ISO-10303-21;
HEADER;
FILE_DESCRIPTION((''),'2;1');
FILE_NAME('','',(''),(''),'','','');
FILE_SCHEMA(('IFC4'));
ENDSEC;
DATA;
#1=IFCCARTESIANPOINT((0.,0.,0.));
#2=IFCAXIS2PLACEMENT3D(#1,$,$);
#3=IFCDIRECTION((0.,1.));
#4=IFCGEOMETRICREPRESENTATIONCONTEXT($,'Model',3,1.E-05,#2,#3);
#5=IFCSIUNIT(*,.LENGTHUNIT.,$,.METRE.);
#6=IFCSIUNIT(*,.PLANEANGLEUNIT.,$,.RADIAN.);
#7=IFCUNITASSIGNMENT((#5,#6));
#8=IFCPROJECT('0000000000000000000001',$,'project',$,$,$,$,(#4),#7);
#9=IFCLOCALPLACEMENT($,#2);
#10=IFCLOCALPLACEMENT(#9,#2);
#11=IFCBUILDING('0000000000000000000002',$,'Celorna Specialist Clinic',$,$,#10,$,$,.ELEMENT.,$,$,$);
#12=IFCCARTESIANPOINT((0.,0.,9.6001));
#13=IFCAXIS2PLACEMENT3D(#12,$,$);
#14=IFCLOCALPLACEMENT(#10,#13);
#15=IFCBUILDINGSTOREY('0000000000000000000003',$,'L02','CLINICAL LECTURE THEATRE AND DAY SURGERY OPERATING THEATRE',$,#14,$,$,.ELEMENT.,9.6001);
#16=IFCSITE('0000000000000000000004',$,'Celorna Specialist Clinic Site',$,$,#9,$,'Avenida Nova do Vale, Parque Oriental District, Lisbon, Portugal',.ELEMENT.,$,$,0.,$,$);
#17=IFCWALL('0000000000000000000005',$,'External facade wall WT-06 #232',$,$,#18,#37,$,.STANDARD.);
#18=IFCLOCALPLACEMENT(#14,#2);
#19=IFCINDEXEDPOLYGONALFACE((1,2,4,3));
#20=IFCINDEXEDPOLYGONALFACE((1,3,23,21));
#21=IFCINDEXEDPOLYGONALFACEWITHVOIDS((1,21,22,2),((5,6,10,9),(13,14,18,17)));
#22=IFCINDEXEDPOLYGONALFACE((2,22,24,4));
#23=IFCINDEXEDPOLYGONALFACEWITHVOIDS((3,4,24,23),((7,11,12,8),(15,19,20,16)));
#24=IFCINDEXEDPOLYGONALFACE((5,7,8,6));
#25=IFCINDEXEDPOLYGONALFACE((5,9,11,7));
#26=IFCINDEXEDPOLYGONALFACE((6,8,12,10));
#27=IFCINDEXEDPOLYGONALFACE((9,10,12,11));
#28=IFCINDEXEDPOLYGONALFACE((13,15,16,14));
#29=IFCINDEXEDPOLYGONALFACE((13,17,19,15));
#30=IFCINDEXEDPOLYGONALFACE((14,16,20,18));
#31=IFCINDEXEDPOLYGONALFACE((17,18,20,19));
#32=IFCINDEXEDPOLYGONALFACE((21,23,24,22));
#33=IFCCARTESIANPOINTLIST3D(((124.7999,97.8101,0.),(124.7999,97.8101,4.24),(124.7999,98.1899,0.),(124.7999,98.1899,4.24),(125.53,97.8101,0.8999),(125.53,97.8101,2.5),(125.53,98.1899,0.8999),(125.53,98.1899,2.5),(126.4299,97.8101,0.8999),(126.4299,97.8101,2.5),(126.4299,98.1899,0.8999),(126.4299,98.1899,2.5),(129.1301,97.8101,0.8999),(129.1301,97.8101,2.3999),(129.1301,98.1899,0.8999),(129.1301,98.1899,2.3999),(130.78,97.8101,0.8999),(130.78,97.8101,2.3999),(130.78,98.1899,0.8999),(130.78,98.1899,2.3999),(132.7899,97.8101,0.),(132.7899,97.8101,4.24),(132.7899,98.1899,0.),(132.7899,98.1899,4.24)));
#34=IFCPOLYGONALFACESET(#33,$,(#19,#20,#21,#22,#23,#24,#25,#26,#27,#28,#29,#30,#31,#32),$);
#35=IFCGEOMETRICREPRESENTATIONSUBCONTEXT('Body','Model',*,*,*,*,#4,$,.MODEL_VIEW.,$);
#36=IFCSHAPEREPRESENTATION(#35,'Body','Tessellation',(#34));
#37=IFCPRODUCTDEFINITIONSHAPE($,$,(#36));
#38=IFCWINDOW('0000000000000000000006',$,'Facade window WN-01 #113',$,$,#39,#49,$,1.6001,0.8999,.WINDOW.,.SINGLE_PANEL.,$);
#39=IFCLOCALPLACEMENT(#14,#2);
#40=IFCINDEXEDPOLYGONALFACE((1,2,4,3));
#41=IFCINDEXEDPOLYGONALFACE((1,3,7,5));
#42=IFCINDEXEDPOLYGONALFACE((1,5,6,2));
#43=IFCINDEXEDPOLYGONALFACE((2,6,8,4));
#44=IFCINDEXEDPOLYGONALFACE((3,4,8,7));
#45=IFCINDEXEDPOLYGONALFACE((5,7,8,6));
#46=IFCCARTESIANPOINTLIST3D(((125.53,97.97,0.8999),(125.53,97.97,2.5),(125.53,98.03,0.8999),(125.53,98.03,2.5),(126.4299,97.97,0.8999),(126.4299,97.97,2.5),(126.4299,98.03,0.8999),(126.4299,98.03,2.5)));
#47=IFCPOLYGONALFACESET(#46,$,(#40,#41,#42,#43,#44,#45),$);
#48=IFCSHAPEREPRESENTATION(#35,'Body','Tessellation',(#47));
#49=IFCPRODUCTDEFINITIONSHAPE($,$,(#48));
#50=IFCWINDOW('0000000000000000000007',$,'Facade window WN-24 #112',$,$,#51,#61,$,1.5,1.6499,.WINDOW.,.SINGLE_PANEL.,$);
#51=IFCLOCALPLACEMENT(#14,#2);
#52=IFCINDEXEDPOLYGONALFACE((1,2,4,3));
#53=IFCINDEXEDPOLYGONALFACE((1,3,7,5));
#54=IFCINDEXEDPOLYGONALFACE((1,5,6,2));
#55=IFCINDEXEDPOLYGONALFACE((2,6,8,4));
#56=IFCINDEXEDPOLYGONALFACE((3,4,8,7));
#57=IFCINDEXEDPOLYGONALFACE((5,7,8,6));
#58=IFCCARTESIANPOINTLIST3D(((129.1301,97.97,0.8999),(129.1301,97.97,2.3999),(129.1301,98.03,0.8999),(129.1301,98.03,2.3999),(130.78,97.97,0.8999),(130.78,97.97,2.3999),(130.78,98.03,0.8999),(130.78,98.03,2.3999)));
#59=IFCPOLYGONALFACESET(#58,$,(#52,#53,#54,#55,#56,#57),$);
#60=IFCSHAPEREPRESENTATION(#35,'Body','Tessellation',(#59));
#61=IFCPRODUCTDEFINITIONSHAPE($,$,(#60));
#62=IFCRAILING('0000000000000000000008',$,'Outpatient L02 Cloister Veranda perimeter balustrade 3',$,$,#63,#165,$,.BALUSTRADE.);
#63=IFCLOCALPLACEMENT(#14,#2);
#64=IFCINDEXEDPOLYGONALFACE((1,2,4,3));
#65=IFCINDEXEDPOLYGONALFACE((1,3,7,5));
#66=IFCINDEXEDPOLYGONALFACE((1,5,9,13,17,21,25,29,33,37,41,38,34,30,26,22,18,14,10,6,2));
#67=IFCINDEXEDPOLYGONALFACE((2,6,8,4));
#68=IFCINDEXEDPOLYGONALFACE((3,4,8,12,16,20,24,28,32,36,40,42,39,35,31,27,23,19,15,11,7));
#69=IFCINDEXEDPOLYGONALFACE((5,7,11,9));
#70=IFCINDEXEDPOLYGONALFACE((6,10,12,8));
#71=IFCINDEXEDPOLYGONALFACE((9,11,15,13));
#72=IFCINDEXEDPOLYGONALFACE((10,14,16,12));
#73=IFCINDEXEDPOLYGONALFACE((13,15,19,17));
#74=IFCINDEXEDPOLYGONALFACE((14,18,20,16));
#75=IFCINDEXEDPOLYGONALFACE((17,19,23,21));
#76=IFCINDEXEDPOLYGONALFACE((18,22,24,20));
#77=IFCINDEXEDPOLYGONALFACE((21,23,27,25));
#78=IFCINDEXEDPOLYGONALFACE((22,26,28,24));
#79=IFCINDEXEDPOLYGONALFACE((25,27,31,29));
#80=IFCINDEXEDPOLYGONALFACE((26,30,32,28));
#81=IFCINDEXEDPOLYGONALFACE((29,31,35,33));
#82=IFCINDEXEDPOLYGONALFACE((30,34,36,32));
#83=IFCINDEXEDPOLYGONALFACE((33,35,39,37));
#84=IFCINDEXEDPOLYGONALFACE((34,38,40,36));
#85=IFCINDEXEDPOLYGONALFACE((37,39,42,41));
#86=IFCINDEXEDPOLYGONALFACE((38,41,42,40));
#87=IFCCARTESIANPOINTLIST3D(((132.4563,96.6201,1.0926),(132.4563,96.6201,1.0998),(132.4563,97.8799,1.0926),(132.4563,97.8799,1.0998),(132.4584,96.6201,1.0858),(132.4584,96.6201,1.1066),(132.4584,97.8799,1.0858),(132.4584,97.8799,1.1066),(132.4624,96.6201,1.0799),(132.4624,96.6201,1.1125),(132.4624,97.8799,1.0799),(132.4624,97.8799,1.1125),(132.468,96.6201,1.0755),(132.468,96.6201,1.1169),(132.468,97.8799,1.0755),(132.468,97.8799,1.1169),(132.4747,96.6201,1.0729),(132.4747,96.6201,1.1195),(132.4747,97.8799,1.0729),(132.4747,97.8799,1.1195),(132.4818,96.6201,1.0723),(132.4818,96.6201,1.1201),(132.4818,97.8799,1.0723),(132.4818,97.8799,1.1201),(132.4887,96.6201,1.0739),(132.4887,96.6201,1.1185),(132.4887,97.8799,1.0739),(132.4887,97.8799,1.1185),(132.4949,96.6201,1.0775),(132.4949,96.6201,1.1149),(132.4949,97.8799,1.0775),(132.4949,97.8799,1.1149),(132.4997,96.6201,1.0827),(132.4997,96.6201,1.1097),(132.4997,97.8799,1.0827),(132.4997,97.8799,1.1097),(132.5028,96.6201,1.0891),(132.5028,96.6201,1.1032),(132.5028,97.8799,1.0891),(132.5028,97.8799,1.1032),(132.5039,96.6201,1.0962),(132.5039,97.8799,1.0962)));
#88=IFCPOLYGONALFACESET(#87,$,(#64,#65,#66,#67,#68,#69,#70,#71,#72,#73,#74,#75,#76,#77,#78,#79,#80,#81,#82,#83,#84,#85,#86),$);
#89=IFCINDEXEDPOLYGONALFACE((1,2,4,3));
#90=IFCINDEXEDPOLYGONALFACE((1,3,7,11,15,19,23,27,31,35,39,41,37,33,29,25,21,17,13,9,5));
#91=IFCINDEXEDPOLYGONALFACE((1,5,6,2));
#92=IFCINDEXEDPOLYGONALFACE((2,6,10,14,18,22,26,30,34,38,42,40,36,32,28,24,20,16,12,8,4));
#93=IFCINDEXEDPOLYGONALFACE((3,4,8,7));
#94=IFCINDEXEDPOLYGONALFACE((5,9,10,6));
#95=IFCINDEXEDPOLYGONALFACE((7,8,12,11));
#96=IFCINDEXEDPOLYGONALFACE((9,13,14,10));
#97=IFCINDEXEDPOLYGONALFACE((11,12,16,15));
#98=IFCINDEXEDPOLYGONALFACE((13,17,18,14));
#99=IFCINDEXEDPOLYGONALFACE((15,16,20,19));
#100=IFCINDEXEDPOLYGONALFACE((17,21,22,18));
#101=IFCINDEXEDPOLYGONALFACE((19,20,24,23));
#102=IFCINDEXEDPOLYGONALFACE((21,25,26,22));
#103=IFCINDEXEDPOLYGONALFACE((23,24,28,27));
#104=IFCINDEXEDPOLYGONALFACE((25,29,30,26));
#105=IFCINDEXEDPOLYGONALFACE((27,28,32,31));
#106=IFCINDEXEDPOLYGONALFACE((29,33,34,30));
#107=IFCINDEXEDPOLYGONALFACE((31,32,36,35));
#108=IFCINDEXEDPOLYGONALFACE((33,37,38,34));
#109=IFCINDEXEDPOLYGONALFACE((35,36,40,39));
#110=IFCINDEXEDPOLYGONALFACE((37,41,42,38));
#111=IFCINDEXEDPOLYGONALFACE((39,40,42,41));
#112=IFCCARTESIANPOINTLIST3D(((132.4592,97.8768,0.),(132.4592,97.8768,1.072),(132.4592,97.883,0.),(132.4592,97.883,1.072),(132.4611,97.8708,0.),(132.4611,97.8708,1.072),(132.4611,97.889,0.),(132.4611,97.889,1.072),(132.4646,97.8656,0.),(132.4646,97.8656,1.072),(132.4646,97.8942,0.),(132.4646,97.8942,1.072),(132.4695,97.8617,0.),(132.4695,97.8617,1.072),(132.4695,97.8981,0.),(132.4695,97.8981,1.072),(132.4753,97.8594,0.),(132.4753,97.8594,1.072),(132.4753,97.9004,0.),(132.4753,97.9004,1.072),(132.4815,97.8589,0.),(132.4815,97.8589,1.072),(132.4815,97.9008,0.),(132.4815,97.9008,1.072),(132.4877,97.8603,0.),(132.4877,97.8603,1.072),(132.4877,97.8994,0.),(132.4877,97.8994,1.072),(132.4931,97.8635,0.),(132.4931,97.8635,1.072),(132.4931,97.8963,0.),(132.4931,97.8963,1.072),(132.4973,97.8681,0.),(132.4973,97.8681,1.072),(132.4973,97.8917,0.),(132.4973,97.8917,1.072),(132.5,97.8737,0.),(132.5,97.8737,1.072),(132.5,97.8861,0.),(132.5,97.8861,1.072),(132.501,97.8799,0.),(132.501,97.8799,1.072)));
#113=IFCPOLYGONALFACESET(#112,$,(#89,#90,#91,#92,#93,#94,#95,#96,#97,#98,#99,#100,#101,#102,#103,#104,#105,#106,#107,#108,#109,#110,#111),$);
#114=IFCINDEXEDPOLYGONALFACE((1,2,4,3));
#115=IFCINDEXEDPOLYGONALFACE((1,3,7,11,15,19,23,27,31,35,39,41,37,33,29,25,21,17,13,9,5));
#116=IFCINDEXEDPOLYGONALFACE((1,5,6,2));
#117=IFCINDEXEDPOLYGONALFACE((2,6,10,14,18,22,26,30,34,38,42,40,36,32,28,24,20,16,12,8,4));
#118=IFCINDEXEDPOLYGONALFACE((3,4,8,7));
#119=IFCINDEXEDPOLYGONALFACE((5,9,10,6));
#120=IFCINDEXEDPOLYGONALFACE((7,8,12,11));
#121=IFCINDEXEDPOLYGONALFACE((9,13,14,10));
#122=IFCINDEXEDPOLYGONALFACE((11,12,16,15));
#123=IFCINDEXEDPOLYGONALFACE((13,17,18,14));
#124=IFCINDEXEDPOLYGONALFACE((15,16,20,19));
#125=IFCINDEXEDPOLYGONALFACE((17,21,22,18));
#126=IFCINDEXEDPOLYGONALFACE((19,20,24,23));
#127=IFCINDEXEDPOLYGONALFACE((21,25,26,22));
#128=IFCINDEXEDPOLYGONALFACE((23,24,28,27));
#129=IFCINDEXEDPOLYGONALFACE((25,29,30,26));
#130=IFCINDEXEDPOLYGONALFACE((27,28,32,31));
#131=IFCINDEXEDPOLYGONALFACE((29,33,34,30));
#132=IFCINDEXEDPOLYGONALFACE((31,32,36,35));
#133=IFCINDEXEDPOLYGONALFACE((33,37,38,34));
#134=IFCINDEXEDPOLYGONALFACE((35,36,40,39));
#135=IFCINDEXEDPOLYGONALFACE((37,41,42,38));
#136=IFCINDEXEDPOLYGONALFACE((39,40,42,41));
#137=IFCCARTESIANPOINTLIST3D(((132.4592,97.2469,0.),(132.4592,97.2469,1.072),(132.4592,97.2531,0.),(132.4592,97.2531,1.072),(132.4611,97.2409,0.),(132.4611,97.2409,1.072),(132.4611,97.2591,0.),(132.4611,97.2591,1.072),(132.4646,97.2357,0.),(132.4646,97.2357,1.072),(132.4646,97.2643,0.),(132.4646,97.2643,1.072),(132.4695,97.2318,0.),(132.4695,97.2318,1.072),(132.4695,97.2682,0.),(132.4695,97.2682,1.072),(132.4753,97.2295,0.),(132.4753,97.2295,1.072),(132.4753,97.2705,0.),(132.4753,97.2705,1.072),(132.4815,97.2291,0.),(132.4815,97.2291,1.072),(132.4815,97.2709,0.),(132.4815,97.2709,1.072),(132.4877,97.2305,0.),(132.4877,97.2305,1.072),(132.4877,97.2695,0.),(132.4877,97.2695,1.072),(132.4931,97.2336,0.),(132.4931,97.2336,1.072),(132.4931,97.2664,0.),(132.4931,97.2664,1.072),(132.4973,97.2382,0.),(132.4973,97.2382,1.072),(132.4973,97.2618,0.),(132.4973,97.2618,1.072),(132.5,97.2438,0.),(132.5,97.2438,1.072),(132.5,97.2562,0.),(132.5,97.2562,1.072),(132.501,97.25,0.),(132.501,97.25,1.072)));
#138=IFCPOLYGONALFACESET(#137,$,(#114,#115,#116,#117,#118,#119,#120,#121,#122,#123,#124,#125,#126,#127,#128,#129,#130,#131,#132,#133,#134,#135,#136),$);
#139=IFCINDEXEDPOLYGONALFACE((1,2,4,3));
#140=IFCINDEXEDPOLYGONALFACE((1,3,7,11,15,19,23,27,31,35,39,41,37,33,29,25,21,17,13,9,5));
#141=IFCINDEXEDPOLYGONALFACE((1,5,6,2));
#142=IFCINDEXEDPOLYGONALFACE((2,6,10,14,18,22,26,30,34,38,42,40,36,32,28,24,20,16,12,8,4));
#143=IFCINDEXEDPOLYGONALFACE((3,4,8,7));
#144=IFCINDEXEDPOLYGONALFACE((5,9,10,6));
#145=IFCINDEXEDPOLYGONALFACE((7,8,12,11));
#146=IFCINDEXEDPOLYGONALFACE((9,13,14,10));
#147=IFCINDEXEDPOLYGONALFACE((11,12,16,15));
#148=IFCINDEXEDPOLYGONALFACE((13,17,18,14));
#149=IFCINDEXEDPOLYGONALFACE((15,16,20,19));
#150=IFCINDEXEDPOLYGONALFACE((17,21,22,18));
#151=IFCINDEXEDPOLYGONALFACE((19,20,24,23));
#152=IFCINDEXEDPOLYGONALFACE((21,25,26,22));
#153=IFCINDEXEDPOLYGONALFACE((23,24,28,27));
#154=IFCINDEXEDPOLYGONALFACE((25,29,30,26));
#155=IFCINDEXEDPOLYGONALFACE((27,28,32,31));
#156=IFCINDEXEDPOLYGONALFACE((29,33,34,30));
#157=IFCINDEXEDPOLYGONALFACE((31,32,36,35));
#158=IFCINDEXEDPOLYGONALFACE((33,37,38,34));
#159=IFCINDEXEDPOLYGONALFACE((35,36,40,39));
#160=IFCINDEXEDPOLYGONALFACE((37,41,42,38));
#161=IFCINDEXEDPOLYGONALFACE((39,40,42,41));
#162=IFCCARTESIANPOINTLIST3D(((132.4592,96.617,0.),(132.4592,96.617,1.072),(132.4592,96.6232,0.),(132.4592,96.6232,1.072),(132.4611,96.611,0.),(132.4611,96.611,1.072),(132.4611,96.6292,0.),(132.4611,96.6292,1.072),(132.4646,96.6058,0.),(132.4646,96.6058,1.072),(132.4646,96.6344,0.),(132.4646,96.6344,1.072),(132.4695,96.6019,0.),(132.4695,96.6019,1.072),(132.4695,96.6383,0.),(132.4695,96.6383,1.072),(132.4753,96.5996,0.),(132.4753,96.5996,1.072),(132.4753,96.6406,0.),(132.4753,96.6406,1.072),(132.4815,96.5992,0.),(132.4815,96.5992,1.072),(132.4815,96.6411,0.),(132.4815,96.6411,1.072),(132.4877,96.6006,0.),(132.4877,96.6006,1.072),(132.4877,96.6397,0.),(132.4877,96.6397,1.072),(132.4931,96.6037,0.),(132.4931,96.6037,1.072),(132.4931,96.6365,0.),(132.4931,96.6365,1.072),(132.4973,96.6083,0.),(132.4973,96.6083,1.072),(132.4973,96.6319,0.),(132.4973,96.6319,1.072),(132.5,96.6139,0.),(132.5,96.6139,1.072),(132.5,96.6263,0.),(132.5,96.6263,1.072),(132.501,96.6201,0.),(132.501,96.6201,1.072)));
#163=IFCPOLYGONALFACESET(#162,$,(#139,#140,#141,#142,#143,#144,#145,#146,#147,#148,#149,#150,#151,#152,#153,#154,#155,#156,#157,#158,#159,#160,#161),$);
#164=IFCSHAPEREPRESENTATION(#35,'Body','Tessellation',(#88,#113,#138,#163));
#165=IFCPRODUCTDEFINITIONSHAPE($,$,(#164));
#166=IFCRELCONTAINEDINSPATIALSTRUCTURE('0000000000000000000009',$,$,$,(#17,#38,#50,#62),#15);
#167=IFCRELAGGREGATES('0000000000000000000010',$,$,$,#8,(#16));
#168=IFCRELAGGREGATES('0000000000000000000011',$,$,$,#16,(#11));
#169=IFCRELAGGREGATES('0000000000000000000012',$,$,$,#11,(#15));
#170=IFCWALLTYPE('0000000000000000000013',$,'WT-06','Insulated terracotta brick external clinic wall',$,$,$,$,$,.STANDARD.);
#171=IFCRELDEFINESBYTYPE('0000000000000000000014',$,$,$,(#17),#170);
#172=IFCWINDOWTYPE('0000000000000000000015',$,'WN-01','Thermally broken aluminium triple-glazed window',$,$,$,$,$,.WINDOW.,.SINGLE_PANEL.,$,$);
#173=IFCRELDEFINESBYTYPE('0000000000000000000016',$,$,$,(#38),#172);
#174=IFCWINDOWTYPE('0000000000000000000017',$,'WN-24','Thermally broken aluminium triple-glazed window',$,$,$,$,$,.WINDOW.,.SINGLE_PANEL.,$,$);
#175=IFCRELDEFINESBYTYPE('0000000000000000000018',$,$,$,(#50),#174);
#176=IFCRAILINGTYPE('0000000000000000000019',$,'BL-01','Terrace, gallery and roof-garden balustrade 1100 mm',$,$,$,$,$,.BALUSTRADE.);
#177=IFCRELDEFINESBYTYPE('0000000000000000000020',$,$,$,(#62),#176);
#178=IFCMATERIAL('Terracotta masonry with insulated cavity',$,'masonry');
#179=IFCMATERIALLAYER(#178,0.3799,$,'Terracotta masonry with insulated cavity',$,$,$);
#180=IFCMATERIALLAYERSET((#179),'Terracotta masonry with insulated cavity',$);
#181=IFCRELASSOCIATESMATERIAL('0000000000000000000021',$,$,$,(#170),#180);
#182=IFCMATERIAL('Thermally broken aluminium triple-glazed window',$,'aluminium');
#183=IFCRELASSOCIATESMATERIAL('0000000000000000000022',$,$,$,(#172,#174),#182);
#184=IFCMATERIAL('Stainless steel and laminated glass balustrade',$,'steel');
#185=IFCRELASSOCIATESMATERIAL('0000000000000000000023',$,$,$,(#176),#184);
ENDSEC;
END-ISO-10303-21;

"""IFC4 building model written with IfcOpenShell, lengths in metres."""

from ifc_helpers import new_model, si_unit, direction, frame, frame_2d, origin, origin_2d, place, context, subcontext, project, spatial, rectangle, circle, extrude, material, layer, layer_set, type_object, element, fill, save


model = new_model("IFC4")

# Units and contexts
model_context = context("Model", 3, precision=1e-05, world=origin(), true_north=direction((0.0, 1.0)))
body_context = subcontext(model_context, "Body", "Model", "MODEL_VIEW")
ifc_project = project(units=[si_unit("LENGTHUNIT", "METRE"), si_unit("PLANEANGLEUNIT", "RADIAN")], contexts=[model_context])

# Site, building, storey
site_placement = place(None, origin())
site = spatial("IfcSite", under=ifc_project, at=site_placement, Name="Celorna Specialist Clinic Site", LongName="Avenida Nova do Vale, Parque Oriental District, Lisbon, Portugal", CompositionType="ELEMENT", RefElevation=0.0)
building_placement = place(site_placement, origin())
building = spatial("IfcBuilding", under=site, at=building_placement, Name="Celorna Specialist Clinic", CompositionType="ELEMENT")
storey_placement = place(building_placement, frame((0.0, 0.0, 9.6001)))
storey = spatial("IfcBuildingStorey", under=building, at=storey_placement, Name="L02", Description="CLINICAL LECTURE THEATRE AND DAY SURGERY OPERATING THEATRE", CompositionType="ELEMENT", Elevation=9.6001)

# Wall, openings, windows
ifc_material_1 = material(Name="Terracotta masonry with insulated cavity", Category="masonry")
ifc_layer_1 = layer(ifc_material_1, 0.3799, Name="Terracotta masonry with insulated cavity")
ifc_layer_set_1 = layer_set([ifc_layer_1], Name="Terracotta masonry with insulated cavity")
wall_type = type_object("IfcWallType", Name="WT-06", Description="Insulated terracotta brick external clinic wall", PredefinedType="STANDARD", material=ifc_layer_set_1)
wall_placement = place(storey_placement, frame((132.79, 98.0, 0.0), z_axis=(0.0, 0.0, 1.0), x_axis=(-1.0, 0.0, 0.0)))
wall = element("IfcWall", 1, at=wall_placement, inside=storey, type_object=wall_type, Name="External facade wall WT-06 #232", PredefinedType="STANDARD", context=body_context, shape_type="SweptSolid", body=[
    extrude(rectangle(XDim=7.99, YDim=0.3799, at=frame_2d((3.9951, 0.0))), origin(), (0.0, 0.0, 1.0), 4.24),
])
opening_1_placement = place(wall_placement, frame((2.01, 0.0, 0.8999)))
opening_1 = element("IfcOpeningElement", 2, at=opening_1_placement, cuts=wall, PredefinedType="OPENING", context=body_context, shape_type="SweptSolid", body=[
    extrude(rectangle(XDim=1.6499, YDim=1.5, at=frame_2d((0.825, 0.75))), frame((0.0, 0.2, 0.0), z_axis=(0.0, -1.0, 0.0), x_axis=(1.0, 0.0, 0.0)), (0.0, 0.0, 1.0), 0.3999),
])
opening_2_placement = place(wall_placement, frame((6.3601, 0.0, 0.8999)))
opening_2 = element("IfcOpeningElement", 3, at=opening_2_placement, cuts=wall, PredefinedType="OPENING", context=body_context, shape_type="SweptSolid", body=[
    extrude(rectangle(XDim=0.8999, YDim=1.6001, at=frame_2d((0.45, 0.8))), frame((0.0, 0.2, 0.0), z_axis=(0.0, -1.0, 0.0), x_axis=(1.0, 0.0, 0.0)), (0.0, 0.0, 1.0), 0.3999),
])
ifc_material_2 = material(Name="Thermally broken aluminium triple-glazed window", Category="aluminium")
window_type_1 = type_object("IfcWindowType", Name="WN-01", Description="Thermally broken aluminium triple-glazed window", PartitioningType="SINGLE_PANEL", PredefinedType="WINDOW", material=ifc_material_2)
window_1_placement = place(opening_2_placement, origin())
window_1 = element("IfcWindow", 4, at=window_1_placement, inside=storey, type_object=window_type_1, Name="Facade window WN-01 #113", OverallHeight=1.6001, OverallWidth=0.8999, PartitioningType="SINGLE_PANEL", PredefinedType="WINDOW", context=body_context, shape_type="SweptSolid", body=[
    extrude(rectangle(XDim=0.8999, YDim=1.6001, at=frame_2d((0.45, 0.8))), frame((0.0, 0.03, 0.0), z_axis=(0.0, -1.0, 0.0), x_axis=(1.0, 0.0, 0.0)), (0.0, 0.0, 1.0), 0.0601),
])
fill(opening_2, window_1)
window_type_2 = type_object("IfcWindowType", Name="WN-24", Description="Thermally broken aluminium triple-glazed window", PartitioningType="SINGLE_PANEL", PredefinedType="WINDOW", material=ifc_material_2)
window_2_placement = place(opening_1_placement, origin())
window_2 = element("IfcWindow", 5, at=window_2_placement, inside=storey, type_object=window_type_2, Name="Facade window WN-24 #112", OverallHeight=1.5, OverallWidth=1.6499, PartitioningType="SINGLE_PANEL", PredefinedType="WINDOW", context=body_context, shape_type="SweptSolid", body=[
    extrude(rectangle(XDim=1.6499, YDim=1.5, at=frame_2d((0.825, 0.75))), frame((0.0, 0.03, 0.0), z_axis=(0.0, -1.0, 0.0), x_axis=(1.0, 0.0, 0.0)), (0.0, 0.0, 1.0), 0.0601),
])
fill(opening_1, window_2)

# Railing
ifc_material_3 = material(Name="Stainless steel and laminated glass balustrade", Category="steel")
railing_type = type_object("IfcRailingType", Name="BL-01", Description="Terrace, gallery and roof-garden balustrade 1100 mm", PredefinedType="BALUSTRADE", material=ifc_material_3)
railing_1_placement = place(storey_placement, frame((132.48, 97.8799, 0.0)))
element("IfcRailing", 6, at=railing_1_placement, inside=storey, type_object=railing_type, Name="Outpatient L02 Cloister Veranda perimeter balustrade 3", PredefinedType="BALUSTRADE", context=body_context, shape_type="SweptSolid", body=[
    extrude(circle(Radius=0.0239, at=origin_2d()), frame((0.0, 0.0, 1.0962), z_axis=(0.0, -1.0, 0.0), x_axis=(1.0, 0.0, 0.0)), (0.0, 0.0, 1.0), 1.2598),
    extrude(circle(Radius=0.021, at=origin_2d()), origin(), (0.0, 0.0, 1.0), 1.072),
    extrude(circle(Radius=0.021, at=origin_2d()), frame((0.0, -0.6299, 0.0)), (0.0, 0.0, 1.0), 1.072),
    extrude(circle(Radius=0.021, at=origin_2d()), frame((0.0, -1.2598, 0.0)), (0.0, 0.0, 1.0), 1.072),
])

save(model, "model.ifc")
